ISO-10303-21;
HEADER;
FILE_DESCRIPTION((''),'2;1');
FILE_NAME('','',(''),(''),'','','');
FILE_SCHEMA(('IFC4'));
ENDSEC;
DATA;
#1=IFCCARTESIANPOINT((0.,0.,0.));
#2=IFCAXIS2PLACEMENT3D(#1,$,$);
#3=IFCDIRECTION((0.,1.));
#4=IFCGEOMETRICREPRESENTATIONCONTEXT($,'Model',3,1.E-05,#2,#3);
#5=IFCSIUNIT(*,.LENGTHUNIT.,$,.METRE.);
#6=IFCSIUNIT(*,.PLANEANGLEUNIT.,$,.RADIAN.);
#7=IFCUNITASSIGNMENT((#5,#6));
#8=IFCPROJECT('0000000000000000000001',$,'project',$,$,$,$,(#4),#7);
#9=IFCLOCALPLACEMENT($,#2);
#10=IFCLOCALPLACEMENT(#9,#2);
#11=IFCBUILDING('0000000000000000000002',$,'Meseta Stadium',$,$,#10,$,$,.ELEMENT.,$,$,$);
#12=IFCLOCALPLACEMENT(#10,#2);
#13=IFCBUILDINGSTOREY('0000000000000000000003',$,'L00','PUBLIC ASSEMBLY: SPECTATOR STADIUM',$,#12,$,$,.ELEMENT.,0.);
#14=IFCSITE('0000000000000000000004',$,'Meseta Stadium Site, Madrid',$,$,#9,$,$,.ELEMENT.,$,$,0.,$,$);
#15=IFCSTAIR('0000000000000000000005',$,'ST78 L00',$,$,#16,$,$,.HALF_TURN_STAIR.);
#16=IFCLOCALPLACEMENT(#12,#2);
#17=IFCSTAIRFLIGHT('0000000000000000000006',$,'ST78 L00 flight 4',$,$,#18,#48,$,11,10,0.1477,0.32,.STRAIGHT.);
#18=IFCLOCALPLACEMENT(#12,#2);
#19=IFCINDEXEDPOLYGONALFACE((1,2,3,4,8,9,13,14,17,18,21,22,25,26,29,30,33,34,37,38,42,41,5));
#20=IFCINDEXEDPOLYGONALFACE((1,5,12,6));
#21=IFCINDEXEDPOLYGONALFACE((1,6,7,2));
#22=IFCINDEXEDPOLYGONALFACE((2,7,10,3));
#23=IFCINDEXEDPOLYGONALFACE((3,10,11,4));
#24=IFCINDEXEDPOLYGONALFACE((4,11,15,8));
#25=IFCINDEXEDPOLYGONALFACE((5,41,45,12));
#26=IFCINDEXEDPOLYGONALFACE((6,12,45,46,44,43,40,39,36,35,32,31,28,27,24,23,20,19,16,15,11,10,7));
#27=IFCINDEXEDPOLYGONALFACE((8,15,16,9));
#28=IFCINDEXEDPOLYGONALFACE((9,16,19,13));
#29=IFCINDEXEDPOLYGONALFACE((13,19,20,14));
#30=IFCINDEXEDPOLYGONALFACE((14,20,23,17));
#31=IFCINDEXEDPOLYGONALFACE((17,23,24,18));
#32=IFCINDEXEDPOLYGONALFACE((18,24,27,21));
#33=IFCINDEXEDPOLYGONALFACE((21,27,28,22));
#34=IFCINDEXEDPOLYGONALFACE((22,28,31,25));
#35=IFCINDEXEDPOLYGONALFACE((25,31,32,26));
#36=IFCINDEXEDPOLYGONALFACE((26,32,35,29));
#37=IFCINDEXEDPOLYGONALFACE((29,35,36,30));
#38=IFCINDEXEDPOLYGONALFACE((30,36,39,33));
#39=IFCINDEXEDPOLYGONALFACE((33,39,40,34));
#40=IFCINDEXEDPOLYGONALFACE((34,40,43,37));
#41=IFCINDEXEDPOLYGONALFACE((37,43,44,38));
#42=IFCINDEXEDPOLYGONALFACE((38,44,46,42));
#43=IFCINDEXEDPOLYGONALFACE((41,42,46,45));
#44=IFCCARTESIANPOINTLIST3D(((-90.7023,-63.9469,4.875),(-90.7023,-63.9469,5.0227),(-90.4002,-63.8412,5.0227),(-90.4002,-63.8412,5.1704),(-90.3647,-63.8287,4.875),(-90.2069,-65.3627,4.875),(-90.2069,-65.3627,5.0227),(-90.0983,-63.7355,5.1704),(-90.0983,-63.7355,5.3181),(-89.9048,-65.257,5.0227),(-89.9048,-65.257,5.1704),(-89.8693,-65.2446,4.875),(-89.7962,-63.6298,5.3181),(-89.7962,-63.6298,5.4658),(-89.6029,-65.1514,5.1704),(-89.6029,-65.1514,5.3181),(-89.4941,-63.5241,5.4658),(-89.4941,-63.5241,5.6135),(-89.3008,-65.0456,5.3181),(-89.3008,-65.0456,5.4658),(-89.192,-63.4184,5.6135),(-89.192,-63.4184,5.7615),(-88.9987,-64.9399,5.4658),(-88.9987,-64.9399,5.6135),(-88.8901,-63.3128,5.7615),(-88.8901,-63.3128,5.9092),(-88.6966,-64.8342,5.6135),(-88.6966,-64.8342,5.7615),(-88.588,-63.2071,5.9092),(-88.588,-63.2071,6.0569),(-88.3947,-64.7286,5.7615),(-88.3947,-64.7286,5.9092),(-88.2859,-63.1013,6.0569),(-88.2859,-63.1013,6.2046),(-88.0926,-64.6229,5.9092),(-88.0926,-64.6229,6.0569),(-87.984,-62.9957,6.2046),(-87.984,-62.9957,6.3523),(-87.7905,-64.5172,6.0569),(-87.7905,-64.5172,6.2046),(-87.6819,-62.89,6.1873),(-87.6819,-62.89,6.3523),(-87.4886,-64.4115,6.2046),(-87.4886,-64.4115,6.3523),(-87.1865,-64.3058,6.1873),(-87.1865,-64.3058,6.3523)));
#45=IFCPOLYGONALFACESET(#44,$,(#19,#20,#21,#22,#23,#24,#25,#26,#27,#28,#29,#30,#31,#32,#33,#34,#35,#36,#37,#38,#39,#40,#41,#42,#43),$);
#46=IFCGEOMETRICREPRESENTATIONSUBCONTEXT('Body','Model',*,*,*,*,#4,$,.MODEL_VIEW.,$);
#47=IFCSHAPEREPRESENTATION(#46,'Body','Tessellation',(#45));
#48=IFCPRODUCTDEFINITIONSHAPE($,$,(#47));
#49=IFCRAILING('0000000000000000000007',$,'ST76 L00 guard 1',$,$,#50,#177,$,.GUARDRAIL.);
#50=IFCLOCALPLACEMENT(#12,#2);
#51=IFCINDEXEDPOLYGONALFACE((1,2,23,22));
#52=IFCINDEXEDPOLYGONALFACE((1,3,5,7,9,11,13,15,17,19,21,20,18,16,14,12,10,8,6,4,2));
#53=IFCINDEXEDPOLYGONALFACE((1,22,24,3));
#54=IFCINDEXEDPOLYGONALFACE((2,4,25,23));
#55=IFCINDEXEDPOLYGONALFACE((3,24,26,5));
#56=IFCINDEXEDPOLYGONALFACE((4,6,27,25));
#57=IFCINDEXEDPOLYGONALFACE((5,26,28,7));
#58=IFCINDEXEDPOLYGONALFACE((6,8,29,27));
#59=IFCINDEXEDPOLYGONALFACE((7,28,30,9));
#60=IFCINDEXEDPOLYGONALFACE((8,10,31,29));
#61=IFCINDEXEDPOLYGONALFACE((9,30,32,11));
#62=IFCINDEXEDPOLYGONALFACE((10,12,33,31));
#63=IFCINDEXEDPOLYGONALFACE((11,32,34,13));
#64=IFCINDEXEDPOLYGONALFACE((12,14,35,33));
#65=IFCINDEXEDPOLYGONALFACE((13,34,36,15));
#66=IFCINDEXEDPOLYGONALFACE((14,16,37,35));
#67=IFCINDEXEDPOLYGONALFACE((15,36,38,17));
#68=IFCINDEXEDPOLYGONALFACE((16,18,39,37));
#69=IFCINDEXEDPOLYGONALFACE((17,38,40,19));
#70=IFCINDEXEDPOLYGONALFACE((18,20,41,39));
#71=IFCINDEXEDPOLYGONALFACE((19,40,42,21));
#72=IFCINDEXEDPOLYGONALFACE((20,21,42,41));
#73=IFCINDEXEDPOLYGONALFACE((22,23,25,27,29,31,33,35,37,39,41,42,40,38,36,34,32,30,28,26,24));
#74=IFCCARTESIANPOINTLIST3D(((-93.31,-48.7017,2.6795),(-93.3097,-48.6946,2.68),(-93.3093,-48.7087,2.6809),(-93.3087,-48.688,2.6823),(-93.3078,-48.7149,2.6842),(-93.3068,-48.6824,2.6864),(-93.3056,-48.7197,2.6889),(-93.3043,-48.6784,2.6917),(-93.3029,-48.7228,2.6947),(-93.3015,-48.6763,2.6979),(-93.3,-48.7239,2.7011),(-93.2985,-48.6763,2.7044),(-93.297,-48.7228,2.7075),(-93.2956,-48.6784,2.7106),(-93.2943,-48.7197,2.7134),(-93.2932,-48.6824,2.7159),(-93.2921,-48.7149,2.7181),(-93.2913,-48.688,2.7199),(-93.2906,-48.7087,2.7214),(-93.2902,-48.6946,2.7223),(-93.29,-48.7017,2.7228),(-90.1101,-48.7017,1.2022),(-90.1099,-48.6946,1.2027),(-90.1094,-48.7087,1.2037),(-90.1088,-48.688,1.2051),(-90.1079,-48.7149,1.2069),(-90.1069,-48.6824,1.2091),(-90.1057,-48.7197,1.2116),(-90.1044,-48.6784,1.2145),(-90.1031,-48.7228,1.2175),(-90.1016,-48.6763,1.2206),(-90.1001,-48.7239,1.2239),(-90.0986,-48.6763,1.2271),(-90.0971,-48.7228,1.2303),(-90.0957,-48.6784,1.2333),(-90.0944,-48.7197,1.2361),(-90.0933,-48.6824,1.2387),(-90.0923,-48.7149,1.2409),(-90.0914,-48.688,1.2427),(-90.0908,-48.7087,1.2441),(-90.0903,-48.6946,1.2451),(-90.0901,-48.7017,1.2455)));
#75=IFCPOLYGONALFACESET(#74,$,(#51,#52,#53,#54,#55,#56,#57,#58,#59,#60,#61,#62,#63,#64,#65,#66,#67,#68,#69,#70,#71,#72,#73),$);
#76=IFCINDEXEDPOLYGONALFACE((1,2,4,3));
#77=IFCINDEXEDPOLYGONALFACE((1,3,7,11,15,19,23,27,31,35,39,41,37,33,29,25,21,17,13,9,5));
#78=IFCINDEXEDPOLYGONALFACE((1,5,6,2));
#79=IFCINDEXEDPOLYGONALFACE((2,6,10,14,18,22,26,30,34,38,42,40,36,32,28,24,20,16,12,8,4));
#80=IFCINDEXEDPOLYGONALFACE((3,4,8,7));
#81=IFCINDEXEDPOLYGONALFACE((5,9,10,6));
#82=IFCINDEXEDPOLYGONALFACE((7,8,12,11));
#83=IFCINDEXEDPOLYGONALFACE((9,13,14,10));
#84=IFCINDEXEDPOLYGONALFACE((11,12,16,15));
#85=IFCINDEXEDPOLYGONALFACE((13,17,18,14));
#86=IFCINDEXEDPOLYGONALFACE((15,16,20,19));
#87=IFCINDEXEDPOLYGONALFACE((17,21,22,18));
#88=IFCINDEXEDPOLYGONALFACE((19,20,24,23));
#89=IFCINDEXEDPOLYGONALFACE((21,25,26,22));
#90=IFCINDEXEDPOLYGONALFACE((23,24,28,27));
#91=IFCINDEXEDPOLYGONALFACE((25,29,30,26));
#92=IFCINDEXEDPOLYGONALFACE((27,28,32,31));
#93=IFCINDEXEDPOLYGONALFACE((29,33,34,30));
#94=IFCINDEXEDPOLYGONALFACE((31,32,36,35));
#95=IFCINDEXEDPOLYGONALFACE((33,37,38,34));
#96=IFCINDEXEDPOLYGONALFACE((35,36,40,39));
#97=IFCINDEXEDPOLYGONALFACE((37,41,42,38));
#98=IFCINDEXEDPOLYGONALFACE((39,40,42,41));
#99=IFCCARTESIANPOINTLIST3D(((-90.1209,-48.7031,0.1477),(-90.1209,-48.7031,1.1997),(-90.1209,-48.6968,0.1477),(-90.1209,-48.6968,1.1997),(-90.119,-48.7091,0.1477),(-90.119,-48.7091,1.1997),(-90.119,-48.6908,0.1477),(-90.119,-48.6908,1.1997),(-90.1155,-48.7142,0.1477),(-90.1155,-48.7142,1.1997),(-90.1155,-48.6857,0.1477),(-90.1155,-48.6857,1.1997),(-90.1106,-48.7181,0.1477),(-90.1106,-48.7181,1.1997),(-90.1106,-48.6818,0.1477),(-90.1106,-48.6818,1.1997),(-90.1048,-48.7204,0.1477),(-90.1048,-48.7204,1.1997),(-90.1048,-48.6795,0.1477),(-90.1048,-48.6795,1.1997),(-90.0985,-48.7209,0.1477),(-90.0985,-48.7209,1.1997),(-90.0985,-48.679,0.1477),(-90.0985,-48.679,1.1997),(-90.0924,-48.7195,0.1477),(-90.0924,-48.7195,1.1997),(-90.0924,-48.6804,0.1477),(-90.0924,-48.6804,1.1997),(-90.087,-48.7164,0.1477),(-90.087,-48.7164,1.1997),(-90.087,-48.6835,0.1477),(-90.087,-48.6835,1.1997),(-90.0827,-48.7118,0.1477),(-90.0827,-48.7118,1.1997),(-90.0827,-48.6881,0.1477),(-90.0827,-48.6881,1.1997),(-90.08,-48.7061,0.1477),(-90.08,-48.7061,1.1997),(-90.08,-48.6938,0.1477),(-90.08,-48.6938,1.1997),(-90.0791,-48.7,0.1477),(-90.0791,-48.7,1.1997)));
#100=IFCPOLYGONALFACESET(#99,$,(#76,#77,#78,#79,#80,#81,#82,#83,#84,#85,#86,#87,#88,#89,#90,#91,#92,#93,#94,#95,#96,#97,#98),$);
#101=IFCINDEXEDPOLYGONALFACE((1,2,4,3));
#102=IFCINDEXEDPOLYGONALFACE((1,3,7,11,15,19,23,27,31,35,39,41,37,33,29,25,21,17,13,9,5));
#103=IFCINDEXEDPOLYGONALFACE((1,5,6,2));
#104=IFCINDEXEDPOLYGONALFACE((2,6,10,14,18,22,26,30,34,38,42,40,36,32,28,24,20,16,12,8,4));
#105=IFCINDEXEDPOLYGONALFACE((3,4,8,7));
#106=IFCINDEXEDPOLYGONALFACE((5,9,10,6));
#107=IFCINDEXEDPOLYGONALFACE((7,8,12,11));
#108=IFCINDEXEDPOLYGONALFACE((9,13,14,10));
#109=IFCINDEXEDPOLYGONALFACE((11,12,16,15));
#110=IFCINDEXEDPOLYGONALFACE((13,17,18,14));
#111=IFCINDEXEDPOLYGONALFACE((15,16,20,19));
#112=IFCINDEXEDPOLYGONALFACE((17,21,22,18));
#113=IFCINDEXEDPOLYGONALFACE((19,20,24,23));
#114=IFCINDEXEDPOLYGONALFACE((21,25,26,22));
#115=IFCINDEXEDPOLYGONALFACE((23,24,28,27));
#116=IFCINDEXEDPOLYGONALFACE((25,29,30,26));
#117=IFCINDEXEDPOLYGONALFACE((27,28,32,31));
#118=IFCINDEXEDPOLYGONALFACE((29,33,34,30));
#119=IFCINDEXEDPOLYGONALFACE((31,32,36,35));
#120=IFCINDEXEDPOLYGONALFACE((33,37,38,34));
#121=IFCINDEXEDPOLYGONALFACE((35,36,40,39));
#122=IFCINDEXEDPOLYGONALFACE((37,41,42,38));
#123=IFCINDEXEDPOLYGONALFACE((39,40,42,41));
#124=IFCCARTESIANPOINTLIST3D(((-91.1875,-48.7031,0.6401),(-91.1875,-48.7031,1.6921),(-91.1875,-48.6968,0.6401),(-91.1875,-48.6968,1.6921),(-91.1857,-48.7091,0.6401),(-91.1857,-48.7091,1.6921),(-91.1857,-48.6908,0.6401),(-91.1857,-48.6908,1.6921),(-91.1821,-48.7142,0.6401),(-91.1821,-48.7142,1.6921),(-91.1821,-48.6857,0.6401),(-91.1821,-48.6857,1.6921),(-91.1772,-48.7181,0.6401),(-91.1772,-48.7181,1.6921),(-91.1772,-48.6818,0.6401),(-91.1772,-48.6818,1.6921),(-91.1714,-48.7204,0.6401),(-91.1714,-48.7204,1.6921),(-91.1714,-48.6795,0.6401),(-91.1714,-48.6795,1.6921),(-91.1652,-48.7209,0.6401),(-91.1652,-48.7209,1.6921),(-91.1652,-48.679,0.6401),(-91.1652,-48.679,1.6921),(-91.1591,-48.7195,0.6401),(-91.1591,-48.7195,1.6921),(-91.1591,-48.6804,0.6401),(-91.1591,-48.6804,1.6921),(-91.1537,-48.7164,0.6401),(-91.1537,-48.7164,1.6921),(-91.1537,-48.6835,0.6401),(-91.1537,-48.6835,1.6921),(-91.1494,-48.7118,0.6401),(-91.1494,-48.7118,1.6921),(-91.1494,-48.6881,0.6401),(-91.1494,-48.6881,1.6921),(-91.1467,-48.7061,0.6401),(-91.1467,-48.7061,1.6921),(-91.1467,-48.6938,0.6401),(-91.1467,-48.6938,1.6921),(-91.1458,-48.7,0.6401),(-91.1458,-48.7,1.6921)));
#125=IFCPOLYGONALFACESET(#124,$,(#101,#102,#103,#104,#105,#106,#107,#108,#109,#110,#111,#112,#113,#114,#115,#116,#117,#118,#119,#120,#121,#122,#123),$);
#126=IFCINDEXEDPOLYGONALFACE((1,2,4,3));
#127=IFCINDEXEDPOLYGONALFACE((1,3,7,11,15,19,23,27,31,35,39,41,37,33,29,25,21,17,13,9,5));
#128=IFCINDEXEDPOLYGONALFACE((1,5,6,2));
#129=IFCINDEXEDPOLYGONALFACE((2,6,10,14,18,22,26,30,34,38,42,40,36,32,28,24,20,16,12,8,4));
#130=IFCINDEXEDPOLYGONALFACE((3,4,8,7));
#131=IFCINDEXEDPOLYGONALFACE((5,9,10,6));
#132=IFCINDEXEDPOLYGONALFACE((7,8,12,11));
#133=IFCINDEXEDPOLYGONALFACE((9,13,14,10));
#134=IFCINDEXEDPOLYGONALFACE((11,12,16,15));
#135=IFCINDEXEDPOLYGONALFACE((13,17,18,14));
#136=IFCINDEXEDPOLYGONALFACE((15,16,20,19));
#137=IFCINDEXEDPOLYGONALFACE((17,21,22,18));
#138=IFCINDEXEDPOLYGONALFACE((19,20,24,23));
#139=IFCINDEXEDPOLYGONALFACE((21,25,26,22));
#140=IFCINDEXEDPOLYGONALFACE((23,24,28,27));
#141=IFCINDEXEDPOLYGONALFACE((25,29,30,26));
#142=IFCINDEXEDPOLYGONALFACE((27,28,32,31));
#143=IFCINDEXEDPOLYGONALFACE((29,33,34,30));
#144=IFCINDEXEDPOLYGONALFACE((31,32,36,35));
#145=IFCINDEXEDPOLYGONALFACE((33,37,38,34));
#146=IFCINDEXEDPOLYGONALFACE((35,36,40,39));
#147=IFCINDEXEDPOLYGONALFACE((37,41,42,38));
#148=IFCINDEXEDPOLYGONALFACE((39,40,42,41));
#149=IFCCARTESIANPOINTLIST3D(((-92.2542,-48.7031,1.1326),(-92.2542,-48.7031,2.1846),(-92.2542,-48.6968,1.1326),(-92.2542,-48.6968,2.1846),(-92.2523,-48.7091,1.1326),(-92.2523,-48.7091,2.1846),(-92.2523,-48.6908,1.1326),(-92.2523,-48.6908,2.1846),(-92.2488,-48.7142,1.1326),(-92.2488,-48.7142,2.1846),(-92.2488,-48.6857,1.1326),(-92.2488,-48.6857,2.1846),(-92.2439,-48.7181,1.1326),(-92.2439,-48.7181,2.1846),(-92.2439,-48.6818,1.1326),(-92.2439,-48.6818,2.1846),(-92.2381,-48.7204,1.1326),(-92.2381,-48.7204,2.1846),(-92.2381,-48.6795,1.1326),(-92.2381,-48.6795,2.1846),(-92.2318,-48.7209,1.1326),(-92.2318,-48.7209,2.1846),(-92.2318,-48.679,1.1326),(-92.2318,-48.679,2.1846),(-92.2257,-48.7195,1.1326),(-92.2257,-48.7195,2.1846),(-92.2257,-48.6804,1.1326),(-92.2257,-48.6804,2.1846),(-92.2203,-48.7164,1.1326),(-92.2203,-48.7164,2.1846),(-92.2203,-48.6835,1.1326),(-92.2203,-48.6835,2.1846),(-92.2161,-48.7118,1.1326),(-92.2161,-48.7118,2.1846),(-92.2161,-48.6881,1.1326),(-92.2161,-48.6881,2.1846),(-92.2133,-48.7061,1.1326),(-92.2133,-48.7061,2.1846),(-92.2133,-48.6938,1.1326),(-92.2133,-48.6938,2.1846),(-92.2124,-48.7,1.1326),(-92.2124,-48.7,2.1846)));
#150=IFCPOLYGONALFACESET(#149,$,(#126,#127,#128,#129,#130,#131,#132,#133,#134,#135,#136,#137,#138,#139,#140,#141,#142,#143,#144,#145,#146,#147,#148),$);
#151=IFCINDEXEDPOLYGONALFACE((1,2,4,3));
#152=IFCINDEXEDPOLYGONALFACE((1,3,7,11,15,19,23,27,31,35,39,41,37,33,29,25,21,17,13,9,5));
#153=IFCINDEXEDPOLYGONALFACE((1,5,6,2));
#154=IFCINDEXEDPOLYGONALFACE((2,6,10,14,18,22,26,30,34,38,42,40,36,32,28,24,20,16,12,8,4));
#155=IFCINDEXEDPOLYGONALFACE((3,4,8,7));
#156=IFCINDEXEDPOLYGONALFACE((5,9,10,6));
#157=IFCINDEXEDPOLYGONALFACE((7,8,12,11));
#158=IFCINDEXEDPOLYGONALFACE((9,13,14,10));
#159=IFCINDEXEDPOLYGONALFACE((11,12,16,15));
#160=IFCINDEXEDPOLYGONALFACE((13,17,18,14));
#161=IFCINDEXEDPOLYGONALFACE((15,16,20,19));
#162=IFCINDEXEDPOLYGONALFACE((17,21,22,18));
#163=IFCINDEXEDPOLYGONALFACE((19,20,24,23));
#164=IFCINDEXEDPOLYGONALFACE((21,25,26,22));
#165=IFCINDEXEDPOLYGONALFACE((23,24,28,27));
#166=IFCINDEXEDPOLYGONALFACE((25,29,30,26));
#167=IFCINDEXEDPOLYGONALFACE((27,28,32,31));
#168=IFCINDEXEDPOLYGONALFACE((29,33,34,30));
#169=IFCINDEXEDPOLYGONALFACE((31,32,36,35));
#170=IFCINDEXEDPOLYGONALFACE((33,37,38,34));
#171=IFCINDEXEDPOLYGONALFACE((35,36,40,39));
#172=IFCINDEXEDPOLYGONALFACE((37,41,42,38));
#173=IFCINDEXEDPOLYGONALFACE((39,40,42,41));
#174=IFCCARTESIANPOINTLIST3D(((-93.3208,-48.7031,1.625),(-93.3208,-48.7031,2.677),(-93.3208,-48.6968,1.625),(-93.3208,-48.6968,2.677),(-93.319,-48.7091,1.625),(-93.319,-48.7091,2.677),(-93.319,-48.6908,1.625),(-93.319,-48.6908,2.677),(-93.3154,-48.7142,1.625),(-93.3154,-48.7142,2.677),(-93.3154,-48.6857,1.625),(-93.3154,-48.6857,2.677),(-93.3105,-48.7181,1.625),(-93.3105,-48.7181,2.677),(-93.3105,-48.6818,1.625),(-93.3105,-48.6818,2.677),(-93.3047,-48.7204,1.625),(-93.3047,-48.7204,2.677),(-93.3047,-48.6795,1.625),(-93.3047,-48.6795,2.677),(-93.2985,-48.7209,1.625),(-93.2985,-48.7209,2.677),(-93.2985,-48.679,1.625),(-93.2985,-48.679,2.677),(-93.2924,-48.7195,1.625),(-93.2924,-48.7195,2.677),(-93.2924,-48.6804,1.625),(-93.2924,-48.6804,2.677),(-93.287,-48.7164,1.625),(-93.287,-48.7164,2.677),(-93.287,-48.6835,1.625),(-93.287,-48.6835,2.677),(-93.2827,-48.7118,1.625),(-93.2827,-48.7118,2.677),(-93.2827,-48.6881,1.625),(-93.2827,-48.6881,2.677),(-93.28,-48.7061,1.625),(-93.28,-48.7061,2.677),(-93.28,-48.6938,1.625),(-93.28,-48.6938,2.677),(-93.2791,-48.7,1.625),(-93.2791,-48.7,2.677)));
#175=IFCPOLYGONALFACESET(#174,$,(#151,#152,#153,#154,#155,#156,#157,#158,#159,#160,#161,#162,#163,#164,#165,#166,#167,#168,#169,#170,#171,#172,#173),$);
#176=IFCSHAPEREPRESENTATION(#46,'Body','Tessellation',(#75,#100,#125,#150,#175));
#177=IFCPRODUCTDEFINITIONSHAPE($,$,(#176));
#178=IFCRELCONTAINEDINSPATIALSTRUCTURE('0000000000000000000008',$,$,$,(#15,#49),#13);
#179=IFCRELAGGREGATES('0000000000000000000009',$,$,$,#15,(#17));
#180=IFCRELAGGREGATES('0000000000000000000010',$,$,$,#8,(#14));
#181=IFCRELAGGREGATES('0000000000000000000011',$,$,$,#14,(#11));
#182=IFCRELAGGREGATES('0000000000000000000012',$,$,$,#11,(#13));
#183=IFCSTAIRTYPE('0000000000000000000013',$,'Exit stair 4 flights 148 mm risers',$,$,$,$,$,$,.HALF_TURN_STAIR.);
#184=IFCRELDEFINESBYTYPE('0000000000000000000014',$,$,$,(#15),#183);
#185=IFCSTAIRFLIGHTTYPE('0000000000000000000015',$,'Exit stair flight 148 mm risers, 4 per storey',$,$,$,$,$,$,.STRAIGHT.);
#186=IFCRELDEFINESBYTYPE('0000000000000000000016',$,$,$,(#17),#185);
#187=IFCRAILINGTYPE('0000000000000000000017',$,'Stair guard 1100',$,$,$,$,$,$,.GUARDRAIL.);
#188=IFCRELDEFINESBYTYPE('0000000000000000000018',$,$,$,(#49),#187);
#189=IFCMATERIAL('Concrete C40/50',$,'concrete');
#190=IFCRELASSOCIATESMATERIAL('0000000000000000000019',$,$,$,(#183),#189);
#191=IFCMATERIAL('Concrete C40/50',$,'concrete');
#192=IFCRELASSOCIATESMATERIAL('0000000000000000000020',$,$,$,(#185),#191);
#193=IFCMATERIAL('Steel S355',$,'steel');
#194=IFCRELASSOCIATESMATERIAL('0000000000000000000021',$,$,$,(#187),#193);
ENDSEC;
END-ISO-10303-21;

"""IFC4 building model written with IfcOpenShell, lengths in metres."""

from ifc_helpers import new_model, si_unit, direction, frame, origin, origin_2d, place, context, subcontext, project, spatial, polyline, circle, outline, extrude, material, type_object, element, aggregate, save


model = new_model("IFC4")

# Units and contexts
model_context = context("Model", 3, precision=1e-05, world=origin(), true_north=direction((0.0, 1.0)))
body_context = subcontext(model_context, "Body", "Model", "MODEL_VIEW")
ifc_project = project(units=[si_unit("LENGTHUNIT", "METRE"), si_unit("PLANEANGLEUNIT", "RADIAN")], contexts=[model_context])

# Site, building, storey
site_placement = place(None, origin())
site = spatial("IfcSite", under=ifc_project, at=site_placement, Name="Meseta Stadium Site, Madrid", CompositionType="ELEMENT", RefElevation=0.0)
building_placement = place(site_placement, origin())
building = spatial("IfcBuilding", under=site, at=building_placement, Name="Meseta Stadium", CompositionType="ELEMENT")
storey_placement = place(building_placement, origin())
storey = spatial("IfcBuildingStorey", under=building, at=storey_placement, Name="L00", Description="PUBLIC ASSEMBLY: SPECTATOR STADIUM", CompositionType="ELEMENT", Elevation=0.0)

# Stair, stair flight
ifc_material_1 = material(Name="Concrete C40/50", Category="concrete")
stair_type = type_object("IfcStairType", Name="Exit stair 4 flights 148 mm risers", PredefinedType="HALF_TURN_STAIR", material=ifc_material_1)
ifc_material_2 = material(Name="Concrete C40/50", Category="concrete")
stair_flight_type = type_object("IfcStairFlightType", Name="Exit stair flight 148 mm risers, 4 per storey", PredefinedType="STRAIGHT", material=ifc_material_2)
stair_1_placement = place(storey_placement, origin())
stair_1 = element("IfcStair", 1, at=stair_1_placement, inside=storey, type_object=stair_type, Name="ST78 L00", PredefinedType="HALF_TURN_STAIR")
stair_flight_1_placement = place(storey_placement, frame((-90.4546, -64.6548, 4.875), z_axis=(0.0, 0.0, 1.0), x_axis=(0.943883, 0.330279, 0.0)))
stair_flight_1 = element("IfcStairFlight", 2, at=stair_flight_1_placement, type_object=stair_flight_type, Name="ST78 L00 flight 4", NumberOfRisers=11, NumberOfTreads=10, PredefinedType="STRAIGHT", RiserHeight=0.1477, TreadLength=0.32, context=body_context, shape_type="SweptSolid", body=[
    extrude(outline(polyline([(0.0, 0.0), (0.0, 0.1477), (0.3201, 0.1477), (0.3201, 0.2954), (0.6399, 0.2954), (0.6399, 0.4431), (0.96, 0.4431), (0.96, 0.5908), (1.28, 0.5908), (1.28, 0.7385), (1.6001, 0.7385), (1.6001, 0.8865), (1.9199, 0.8865), (1.9199, 1.0342), (2.24, 1.0342), (2.24, 1.1819), (2.5601, 1.1819), (2.5601, 1.3296), (2.8799, 1.3296), (2.8799, 1.4773), (3.2, 1.4773), (3.2, 1.3123), (0.3577, 0.0), (0.0, 0.0)])), frame((0.0, 0.75, 0.0), z_axis=(0.0, -1.0, 0.0), x_axis=(1.0, 0.0, 0.0)), (0.0, 0.0, 1.0), 1.5),
])
aggregate(stair_1, [stair_flight_1])

# Railing
ifc_material_3 = material(Name="Steel S355", Category="steel")
railing_type_1 = type_object("IfcRailingType", Name="Stair guard 1100", PredefinedType="GUARDRAIL", material=ifc_material_3)
railing_1_placement = place(storey_placement, frame((-90.1001, -48.7, 0.1477)))
element("IfcRailing", 3, at=railing_1_placement, inside=storey, type_object=railing_type_1, Name="ST76 L00 guard 1", PredefinedType="GUARDRAIL", context=body_context, shape_type="SweptSolid", body=[
    extrude(circle(Radius=0.0239, at=origin_2d()), frame((0.0, 0.0, 1.0762), z_axis=(-0.907917, 0.0, 0.41915), x_axis=(0.0, -1.0, 0.0)), (0.0, 0.0, 1.0), 3.5244),
    extrude(circle(Radius=0.021, at=origin_2d()), origin(), (0.0, 0.0, 1.0), 1.052),
    extrude(circle(Radius=0.021, at=origin_2d()), frame((-1.0667, 0.0, 0.4924)), (0.0, 0.0, 1.0), 1.052),
    extrude(circle(Radius=0.021, at=origin_2d()), frame((-2.1333, 0.0, 0.9849)), (0.0, 0.0, 1.0), 1.052),
    extrude(circle(Radius=0.021, at=origin_2d()), frame((-3.2, 0.0, 1.4773)), (0.0, 0.0, 1.0), 1.052),
])

save(model, "model.ifc")
